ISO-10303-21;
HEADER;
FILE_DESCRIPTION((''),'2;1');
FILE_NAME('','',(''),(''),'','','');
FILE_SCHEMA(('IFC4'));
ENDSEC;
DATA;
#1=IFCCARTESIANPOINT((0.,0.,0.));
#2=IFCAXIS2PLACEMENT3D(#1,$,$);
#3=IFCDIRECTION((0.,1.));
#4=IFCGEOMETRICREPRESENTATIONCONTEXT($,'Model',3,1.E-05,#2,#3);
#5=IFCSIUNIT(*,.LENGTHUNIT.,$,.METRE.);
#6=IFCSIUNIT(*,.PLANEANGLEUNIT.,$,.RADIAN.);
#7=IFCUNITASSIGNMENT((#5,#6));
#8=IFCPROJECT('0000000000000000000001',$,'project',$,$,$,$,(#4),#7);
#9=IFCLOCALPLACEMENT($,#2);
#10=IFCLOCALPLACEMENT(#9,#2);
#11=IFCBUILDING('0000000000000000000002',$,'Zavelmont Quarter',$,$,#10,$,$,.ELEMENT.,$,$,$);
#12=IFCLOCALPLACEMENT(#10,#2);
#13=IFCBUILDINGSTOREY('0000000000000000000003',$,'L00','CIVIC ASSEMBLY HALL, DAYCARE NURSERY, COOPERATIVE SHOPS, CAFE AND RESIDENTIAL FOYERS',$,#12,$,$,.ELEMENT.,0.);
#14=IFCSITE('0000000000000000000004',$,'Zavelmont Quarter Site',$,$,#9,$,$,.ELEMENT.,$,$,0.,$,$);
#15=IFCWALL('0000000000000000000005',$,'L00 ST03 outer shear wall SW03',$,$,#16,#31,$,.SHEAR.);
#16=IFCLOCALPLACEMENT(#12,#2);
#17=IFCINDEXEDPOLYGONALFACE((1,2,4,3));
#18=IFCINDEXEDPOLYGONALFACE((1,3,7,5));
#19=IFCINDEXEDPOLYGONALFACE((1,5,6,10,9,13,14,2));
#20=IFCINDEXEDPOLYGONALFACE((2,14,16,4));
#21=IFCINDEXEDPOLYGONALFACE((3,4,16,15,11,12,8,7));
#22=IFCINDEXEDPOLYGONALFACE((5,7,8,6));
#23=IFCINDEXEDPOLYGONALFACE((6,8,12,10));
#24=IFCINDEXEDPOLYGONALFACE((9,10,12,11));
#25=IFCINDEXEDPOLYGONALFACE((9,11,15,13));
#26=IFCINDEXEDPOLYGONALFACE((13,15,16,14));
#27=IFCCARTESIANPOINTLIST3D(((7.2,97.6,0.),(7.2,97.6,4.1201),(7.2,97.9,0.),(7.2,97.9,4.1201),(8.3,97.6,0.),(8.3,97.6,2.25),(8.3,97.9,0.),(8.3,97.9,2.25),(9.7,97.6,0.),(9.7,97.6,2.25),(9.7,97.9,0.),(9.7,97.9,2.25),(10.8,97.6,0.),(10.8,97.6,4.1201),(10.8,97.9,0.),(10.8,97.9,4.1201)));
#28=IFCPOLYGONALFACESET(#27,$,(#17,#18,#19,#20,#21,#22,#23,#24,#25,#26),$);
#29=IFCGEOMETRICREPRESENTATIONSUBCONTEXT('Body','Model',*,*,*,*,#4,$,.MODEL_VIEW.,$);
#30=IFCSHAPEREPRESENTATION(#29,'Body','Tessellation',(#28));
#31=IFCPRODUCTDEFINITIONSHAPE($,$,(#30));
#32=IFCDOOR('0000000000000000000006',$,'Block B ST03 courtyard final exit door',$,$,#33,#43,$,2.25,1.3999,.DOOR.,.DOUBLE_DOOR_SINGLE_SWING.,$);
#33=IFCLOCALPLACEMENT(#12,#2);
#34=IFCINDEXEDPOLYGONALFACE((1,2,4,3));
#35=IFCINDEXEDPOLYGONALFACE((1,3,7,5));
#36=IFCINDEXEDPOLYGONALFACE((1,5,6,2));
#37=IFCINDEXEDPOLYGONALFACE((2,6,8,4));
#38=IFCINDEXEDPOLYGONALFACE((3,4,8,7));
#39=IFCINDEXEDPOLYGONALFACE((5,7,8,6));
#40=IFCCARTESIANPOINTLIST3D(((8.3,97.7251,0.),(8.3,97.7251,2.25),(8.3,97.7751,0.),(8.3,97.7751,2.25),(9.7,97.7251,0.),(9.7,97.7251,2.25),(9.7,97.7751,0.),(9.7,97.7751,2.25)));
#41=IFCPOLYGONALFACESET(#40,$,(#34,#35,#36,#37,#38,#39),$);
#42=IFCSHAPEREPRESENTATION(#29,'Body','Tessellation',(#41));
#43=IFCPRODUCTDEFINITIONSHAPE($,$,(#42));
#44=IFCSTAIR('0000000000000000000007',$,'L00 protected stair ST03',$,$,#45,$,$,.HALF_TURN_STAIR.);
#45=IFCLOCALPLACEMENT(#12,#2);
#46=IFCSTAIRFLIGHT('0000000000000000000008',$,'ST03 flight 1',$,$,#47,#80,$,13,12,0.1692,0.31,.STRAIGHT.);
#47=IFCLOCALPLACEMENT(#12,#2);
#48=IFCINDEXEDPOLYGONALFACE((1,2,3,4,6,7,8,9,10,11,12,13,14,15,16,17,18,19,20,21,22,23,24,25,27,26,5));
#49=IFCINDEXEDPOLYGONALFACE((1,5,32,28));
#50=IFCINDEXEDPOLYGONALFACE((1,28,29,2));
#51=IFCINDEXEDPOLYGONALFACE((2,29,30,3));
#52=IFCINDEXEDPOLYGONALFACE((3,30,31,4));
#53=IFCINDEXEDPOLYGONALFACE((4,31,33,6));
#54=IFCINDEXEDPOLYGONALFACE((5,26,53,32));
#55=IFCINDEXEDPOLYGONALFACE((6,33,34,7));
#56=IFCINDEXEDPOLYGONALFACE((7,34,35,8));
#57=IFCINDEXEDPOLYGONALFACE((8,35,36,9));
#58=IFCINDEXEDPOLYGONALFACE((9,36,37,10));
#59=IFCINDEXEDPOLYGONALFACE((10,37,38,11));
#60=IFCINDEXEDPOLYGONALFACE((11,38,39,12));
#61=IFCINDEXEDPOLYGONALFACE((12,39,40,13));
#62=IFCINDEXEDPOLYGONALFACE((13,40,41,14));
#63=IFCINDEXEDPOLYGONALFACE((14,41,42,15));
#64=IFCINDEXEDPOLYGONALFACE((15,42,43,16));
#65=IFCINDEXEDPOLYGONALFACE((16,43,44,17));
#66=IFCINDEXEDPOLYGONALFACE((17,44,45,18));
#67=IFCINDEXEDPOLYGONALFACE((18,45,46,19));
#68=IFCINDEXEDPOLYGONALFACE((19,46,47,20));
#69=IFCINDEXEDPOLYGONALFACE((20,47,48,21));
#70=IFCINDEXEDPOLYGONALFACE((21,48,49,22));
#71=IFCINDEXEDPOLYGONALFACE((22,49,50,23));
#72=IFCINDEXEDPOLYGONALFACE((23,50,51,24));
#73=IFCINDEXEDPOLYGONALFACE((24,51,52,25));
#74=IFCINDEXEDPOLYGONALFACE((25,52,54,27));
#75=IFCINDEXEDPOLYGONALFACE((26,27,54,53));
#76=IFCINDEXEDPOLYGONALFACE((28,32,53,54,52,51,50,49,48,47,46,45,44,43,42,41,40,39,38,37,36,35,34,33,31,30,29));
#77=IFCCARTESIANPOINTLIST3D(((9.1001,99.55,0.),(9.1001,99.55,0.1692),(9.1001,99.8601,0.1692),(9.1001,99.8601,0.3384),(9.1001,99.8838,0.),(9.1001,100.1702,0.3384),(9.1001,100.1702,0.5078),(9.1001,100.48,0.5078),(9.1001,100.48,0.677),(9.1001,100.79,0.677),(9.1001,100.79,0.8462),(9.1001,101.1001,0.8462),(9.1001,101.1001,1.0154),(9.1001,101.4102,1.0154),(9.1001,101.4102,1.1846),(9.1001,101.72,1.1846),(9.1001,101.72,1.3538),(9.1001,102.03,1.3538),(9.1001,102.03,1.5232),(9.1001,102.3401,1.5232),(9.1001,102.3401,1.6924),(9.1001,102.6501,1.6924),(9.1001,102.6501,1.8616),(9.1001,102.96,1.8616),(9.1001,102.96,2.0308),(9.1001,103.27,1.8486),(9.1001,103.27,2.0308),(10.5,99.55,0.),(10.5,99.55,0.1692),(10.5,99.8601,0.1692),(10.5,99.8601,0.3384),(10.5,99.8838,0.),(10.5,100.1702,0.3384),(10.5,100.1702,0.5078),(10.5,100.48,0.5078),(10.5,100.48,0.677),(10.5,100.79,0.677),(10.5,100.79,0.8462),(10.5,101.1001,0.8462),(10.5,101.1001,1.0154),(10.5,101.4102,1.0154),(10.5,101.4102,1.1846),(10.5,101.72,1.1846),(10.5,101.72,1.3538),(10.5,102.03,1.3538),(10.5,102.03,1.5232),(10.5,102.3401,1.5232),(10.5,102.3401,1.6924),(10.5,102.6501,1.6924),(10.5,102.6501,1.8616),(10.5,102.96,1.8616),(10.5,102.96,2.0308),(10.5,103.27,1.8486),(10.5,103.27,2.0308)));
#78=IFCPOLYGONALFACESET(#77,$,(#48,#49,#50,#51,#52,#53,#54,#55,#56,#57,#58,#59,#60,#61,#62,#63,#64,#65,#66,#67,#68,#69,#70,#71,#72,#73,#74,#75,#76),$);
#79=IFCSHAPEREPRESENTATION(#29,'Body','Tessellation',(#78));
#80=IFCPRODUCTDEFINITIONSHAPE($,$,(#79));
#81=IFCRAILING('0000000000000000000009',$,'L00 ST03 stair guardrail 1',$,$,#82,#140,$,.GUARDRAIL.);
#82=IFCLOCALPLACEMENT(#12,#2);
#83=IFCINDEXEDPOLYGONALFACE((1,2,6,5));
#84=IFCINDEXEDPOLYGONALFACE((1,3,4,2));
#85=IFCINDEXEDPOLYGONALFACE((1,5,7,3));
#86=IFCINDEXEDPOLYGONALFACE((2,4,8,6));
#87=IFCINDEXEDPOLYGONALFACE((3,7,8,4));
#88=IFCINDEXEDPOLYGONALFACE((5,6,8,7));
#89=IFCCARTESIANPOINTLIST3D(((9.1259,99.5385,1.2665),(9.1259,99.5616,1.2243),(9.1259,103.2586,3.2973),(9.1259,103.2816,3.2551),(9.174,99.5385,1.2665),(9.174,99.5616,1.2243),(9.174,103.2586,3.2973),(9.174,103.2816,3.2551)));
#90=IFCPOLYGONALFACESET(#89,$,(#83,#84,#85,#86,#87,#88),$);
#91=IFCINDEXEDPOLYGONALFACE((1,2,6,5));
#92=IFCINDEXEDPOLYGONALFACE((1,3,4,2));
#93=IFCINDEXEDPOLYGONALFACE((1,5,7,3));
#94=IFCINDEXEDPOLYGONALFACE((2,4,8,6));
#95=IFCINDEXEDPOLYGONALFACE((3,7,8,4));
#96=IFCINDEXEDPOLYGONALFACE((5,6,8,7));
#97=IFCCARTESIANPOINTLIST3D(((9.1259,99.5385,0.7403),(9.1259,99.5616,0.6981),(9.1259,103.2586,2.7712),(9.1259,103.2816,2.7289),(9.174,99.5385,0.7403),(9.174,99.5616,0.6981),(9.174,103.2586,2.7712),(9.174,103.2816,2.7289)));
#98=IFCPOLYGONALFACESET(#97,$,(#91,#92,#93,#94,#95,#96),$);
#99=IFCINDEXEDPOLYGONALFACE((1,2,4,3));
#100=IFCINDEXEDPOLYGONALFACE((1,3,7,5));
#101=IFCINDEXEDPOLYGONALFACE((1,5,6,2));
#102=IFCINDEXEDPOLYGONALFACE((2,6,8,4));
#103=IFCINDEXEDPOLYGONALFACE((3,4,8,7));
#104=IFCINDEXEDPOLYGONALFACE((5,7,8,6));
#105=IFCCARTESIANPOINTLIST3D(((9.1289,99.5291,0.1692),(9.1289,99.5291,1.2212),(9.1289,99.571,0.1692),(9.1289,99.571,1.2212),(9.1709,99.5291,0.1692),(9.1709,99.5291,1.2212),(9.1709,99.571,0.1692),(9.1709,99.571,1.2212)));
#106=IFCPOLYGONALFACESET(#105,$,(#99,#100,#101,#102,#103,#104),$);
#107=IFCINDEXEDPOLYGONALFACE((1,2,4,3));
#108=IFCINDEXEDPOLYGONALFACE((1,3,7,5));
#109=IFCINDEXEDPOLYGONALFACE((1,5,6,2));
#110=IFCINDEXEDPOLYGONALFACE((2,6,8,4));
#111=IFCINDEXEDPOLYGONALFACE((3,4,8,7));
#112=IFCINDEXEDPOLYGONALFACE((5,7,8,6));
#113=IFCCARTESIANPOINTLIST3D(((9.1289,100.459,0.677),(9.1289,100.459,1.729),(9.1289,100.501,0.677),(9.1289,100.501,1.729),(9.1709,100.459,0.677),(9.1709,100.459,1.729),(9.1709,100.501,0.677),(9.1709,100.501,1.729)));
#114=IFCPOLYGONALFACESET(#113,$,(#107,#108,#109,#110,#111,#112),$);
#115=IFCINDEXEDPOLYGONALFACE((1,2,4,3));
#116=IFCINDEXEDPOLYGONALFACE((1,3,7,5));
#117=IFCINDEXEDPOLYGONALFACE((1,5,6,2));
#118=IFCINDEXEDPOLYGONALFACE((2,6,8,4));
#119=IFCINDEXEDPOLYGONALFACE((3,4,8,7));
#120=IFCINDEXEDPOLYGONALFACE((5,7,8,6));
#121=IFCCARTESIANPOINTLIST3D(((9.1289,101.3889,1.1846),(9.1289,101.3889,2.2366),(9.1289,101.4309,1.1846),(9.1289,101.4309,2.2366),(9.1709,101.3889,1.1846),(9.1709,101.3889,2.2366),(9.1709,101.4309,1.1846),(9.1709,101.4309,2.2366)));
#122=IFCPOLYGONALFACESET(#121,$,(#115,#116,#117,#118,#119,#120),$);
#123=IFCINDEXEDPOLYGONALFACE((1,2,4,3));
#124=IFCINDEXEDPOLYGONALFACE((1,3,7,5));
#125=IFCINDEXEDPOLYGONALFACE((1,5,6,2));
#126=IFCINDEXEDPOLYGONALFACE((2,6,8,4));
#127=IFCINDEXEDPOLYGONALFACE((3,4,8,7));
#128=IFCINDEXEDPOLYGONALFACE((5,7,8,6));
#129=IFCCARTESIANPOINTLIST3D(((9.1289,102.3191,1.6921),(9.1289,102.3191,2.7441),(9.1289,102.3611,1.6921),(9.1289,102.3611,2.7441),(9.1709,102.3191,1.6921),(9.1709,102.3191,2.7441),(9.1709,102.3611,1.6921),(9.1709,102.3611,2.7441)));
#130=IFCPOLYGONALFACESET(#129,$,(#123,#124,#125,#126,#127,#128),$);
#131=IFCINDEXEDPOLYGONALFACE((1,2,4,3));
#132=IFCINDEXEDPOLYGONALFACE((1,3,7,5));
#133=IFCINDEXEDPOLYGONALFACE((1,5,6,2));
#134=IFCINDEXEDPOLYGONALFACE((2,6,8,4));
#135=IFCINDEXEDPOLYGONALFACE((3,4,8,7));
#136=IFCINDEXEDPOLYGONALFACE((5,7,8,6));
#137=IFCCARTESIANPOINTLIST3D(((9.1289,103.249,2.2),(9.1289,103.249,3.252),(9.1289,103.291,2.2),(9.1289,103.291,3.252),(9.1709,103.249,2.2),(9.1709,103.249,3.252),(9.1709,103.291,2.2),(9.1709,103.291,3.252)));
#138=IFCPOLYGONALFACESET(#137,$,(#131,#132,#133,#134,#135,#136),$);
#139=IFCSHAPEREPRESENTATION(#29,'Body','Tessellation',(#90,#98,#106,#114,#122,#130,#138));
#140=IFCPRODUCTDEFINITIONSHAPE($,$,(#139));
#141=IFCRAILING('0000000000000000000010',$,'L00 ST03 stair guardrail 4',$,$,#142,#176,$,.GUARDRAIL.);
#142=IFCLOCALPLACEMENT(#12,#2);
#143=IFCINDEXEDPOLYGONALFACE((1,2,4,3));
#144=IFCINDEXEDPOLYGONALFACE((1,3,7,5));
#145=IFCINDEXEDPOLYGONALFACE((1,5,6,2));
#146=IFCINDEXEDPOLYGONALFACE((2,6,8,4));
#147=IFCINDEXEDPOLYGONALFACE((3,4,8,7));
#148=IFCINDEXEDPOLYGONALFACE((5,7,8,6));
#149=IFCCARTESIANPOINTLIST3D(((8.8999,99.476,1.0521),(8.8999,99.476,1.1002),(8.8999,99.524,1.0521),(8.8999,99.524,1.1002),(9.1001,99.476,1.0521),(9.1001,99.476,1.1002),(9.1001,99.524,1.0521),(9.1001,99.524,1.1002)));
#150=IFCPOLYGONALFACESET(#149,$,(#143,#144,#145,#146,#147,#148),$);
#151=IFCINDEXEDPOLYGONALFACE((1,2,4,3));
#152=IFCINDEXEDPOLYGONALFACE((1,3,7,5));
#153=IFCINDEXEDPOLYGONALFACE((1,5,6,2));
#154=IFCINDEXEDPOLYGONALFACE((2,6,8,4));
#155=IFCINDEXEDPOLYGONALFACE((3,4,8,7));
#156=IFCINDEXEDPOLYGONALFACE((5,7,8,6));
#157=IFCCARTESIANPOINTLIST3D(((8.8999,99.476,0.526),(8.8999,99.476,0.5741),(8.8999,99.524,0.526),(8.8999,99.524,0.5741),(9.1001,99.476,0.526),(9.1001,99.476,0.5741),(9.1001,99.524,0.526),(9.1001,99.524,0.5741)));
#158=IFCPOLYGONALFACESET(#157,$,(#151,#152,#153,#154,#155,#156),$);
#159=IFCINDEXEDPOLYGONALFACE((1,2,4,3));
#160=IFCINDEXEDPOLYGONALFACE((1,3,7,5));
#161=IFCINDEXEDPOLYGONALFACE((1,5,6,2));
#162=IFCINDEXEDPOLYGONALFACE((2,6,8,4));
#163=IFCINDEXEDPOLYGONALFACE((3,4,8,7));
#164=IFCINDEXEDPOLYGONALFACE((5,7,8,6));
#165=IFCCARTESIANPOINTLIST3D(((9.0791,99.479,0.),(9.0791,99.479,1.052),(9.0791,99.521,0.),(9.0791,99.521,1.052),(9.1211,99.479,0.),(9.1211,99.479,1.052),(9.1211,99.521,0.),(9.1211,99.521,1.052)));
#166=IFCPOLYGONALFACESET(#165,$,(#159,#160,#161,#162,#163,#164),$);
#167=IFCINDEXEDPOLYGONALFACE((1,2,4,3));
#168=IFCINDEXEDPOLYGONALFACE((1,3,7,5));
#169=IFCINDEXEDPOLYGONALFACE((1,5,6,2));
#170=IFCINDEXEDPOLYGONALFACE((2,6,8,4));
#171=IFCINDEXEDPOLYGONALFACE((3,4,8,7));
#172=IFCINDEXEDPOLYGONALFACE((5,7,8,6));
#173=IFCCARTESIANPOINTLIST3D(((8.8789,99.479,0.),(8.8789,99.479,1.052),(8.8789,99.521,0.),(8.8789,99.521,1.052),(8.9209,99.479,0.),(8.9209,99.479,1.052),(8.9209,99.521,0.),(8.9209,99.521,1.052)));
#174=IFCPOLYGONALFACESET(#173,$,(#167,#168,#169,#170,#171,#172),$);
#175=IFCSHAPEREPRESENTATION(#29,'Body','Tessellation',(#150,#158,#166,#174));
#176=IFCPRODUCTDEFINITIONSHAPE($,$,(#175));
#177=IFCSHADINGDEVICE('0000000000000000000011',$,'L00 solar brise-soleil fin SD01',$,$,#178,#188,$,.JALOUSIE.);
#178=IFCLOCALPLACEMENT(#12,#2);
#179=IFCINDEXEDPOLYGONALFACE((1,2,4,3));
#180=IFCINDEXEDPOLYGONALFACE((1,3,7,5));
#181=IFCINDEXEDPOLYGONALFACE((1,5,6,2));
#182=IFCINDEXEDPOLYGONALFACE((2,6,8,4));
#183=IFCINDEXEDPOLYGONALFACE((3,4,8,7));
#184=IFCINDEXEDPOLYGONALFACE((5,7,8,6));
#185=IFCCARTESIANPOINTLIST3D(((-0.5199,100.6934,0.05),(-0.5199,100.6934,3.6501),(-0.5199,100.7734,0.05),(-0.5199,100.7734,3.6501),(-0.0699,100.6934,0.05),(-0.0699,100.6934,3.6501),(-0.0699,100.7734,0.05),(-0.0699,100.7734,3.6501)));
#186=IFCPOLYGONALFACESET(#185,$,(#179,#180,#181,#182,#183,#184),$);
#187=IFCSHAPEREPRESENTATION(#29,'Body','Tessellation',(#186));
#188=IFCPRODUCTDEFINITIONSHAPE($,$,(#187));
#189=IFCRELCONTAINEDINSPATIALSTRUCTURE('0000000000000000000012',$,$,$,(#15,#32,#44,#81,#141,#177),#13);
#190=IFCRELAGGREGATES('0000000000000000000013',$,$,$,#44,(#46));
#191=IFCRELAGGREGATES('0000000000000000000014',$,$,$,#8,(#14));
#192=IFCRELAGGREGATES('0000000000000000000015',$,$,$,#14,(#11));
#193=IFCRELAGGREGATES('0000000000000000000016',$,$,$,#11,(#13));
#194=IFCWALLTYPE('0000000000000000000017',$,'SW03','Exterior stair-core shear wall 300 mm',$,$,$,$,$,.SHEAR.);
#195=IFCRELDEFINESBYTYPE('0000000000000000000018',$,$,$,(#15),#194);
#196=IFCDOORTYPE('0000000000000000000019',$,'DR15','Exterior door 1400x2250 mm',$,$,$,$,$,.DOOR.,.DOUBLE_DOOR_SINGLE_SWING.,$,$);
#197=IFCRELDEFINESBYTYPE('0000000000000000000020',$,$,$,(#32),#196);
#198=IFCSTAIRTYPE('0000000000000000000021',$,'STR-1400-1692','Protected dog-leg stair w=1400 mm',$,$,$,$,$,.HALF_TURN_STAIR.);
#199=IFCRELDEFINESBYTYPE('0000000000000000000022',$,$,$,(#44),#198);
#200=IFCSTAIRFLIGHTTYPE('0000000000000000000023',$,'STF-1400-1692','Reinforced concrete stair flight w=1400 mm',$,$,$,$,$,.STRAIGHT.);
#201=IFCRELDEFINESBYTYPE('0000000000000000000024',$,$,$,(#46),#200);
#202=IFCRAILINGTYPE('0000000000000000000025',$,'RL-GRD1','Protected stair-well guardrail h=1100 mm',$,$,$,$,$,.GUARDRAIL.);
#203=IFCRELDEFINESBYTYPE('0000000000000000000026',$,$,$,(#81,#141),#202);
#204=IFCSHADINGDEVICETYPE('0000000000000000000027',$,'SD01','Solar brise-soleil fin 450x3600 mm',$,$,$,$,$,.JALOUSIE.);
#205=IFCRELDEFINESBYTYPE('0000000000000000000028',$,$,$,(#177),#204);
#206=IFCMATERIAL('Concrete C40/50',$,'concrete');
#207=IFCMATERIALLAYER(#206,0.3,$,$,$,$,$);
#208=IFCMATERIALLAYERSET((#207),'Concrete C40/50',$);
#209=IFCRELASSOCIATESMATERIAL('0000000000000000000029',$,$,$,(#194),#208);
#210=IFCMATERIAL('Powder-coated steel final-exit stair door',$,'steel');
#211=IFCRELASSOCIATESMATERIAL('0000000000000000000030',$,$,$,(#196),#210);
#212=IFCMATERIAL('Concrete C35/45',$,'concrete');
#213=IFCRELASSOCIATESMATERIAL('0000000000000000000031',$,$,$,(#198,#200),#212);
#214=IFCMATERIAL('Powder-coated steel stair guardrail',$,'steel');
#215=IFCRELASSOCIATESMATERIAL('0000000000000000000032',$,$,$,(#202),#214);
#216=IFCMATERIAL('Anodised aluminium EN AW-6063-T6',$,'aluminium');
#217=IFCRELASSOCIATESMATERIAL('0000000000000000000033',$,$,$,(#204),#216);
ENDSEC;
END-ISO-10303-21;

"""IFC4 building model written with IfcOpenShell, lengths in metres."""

from ifc_helpers import new_model, si_unit, direction, frame, frame_2d, origin, origin_2d, place, context, subcontext, project, spatial, polyline, rectangle, outline, extrude, material, layer, layer_set, type_object, element, fill, aggregate, save


model = new_model("IFC4")

# Units and contexts
model_context = context("Model", 3, precision=1e-05, world=origin(), true_north=direction((0.0, 1.0)))
body_context = subcontext(model_context, "Body", "Model", "MODEL_VIEW")
ifc_project = project(units=[si_unit("LENGTHUNIT", "METRE"), si_unit("PLANEANGLEUNIT", "RADIAN")], contexts=[model_context])

# Site, building, storey
site_placement = place(None, origin())
site = spatial("IfcSite", under=ifc_project, at=site_placement, Name="Zavelmont Quarter Site", CompositionType="ELEMENT", RefElevation=0.0)
building_placement = place(site_placement, origin())
building = spatial("IfcBuilding", under=site, at=building_placement, Name="Zavelmont Quarter", CompositionType="ELEMENT")
storey_placement = place(building_placement, origin())
storey = spatial("IfcBuildingStorey", under=building, at=storey_placement, Name="L00", Description="CIVIC ASSEMBLY HALL, DAYCARE NURSERY, COOPERATIVE SHOPS, CAFE AND RESIDENTIAL FOYERS", CompositionType="ELEMENT", Elevation=0.0)

# Shared definitions
ifc_material_1 = material(Name="Concrete C40/50", Category="concrete")

# Shared definitions
ifc_material_2 = material(Name="Concrete C35/45", Category="concrete")

# Wall, opening, door
ifc_layer_1 = layer(ifc_material_1, 0.3)
ifc_layer_set_1 = layer_set([ifc_layer_1], Name="Concrete C40/50")
wall_type_1 = type_object("IfcWallType", Name="SW03", Description="Exterior stair-core shear wall 300 mm", PredefinedType="SHEAR", material=ifc_layer_set_1)
wall_1_placement = place(storey_placement, frame((7.2, 97.75, 0.0), z_axis=(0.0, 0.0, 1.0), x_axis=(1.0, 0.0, 0.0)))
wall_1 = element("IfcWall", 1, at=wall_1_placement, inside=storey, type_object=wall_type_1, Name="L00 ST03 outer shear wall SW03", PredefinedType="SHEAR", context=body_context, shape_type="SweptSolid", body=[
    extrude(rectangle(XDim=3.6001, YDim=0.3, at=frame_2d((1.8, 0.0))), origin(), (0.0, 0.0, 1.0), 4.1201),
])
opening_placement = place(wall_1_placement, frame((1.1001, 0.0, 0.0)))
opening = element("IfcOpeningElement", 2, at=opening_placement, cuts=wall_1, PredefinedType="OPENING", context=body_context, shape_type="SweptSolid", body=[
    extrude(rectangle(XDim=1.3999, YDim=2.25, at=frame_2d((0.7, 1.125))), frame((0.0, 0.1621, 0.0), z_axis=(0.0, -1.0, 0.0), x_axis=(1.0, 0.0, 0.0)), (0.0, 0.0, 1.0), 0.324),
])
ifc_material_3 = material(Name="Powder-coated steel final-exit stair door", Category="steel")
door_type = type_object("IfcDoorType", Name="DR15", Description="Exterior door 1400x2250 mm", OperationType="DOUBLE_DOOR_SINGLE_SWING", PredefinedType="DOOR", material=ifc_material_3)
door_placement = place(opening_placement, frame((1.3999, 0.0, 0.0), z_axis=(0.0, 0.0, 1.0), x_axis=(-1.0, 0.0, 0.0)))
door = element("IfcDoor", 3, at=door_placement, inside=storey, type_object=door_type, Name="Block B ST03 courtyard final exit door", OperationType="DOUBLE_DOOR_SINGLE_SWING", OverallHeight=2.25, OverallWidth=1.3999, PredefinedType="DOOR", context=body_context, shape_type="SweptSolid", body=[
    extrude(rectangle(XDim=1.3999, YDim=2.25, at=frame_2d((0.7, 1.125))), frame((0.0, 0.0249, 0.0), z_axis=(0.0, -1.0, 0.0), x_axis=(1.0, 0.0, 0.0)), (0.0, 0.0, 1.0), 0.05),
])
fill(opening, door)

# Stair, stair flight
stair_type = type_object("IfcStairType", Name="STR-1400-1692", Description="Protected dog-leg stair w=1400 mm", PredefinedType="HALF_TURN_STAIR", material=ifc_material_2)
stair_placement = place(storey_placement, origin())
stair = element("IfcStair", 4, at=stair_placement, inside=storey, type_object=stair_type, Name="L00 protected stair ST03", PredefinedType="HALF_TURN_STAIR")
stair_flight_type = type_object("IfcStairFlightType", Name="STF-1400-1692", Description="Reinforced concrete stair flight w=1400 mm", PredefinedType="STRAIGHT", material=ifc_material_2)
stair_flight_placement = place(storey_placement, frame((9.8, 99.55, 0.0), z_axis=(0.0, 0.0, 1.0), x_axis=(0.0, 1.0, 0.0)))
stair_flight = element("IfcStairFlight", 5, at=stair_flight_placement, type_object=stair_flight_type, Name="ST03 flight 1", NumberOfRisers=13, NumberOfTreads=12, PredefinedType="STRAIGHT", RiserHeight=0.1692, TreadLength=0.31, context=body_context, shape_type="SweptSolid", body=[
    extrude(outline(polyline([(0.0, 0.0), (0.0, 0.1692), (0.3101, 0.1692), (0.3101, 0.3384), (0.6201, 0.3384), (0.6201, 0.5078), (0.9299, 0.5078), (0.9299, 0.677), (1.24, 0.677), (1.24, 0.8462), (1.55, 0.8462), (1.55, 1.0154), (1.8601, 1.0154), (1.8601, 1.1846), (2.1699, 1.1846), (2.1699, 1.3538), (2.48, 1.3538), (2.48, 1.5232), (2.79, 1.5232), (2.79, 1.6924), (3.1001, 1.6924), (3.1001, 1.8616), (3.4099, 1.8616), (3.4099, 2.0308), (3.72, 2.0308), (3.72, 2.2), (3.72, 1.8486), (0.3337, 0.0), (0.0, 0.0)])), frame((0.0, 0.7, 0.0), z_axis=(0.0, -1.0, 0.0), x_axis=(1.0, 0.0, 0.0)), (0.0, 0.0, 1.0), 1.3999),
])
aggregate(stair, [stair_flight])

# Railings
ifc_material_4 = material(Name="Powder-coated steel stair guardrail", Category="steel")
railing_type = type_object("IfcRailingType", Name="RL-GRD1", Description="Protected stair-well guardrail h=1100 mm", PredefinedType="GUARDRAIL", material=ifc_material_4)
railing_1_placement = place(storey_placement, frame((9.1499, 99.55, 0.1692)))
element("IfcRailing", 6, at=railing_1_placement, inside=storey, type_object=railing_type, Name="L00 ST03 stair guardrail 1", PredefinedType="GUARDRAIL", context=body_context, shape_type="SweptSolid", body=[
    extrude(rectangle(XDim=0.0481, YDim=0.0481, at=origin_2d()), frame((0.0, 0.0, 1.0762), z_axis=(0.0, 0.877728, 0.479159), x_axis=(-1.0, 0.0, 0.0)), (0.0, 0.0, 1.0), 4.2383),
    extrude(rectangle(XDim=0.0481, YDim=0.0481, at=origin_2d()), frame((0.0, 0.0, 0.55), z_axis=(0.0, 0.877728, 0.479159), x_axis=(-1.0, 0.0, 0.0)), (0.0, 0.0, 1.0), 4.2383),
    extrude(rectangle(XDim=0.042, YDim=0.042, at=origin_2d()), origin(), (0.0, 0.0, 1.0), 1.052),
    extrude(rectangle(XDim=0.042, YDim=0.042, at=origin_2d()), frame((0.0, 0.9299, 0.5078)), (0.0, 0.0, 1.0), 1.052),
    extrude(rectangle(XDim=0.042, YDim=0.042, at=origin_2d()), frame((0.0, 1.8599, 1.0154)), (0.0, 0.0, 1.0), 1.052),
    extrude(rectangle(XDim=0.042, YDim=0.042, at=origin_2d()), frame((0.0, 2.79, 1.5229)), (0.0, 0.0, 1.0), 1.052),
    extrude(rectangle(XDim=0.042, YDim=0.042, at=origin_2d()), frame((0.0, 3.72, 2.0308)), (0.0, 0.0, 1.0), 1.052),
])
railing_2_placement = place(storey_placement, frame((9.1001, 99.5, 0.0)))
element("IfcRailing", 7, at=railing_2_placement, inside=storey, type_object=railing_type, Name="L00 ST03 stair guardrail 4", PredefinedType="GUARDRAIL", context=body_context, shape_type="SweptSolid", body=[
    extrude(rectangle(XDim=0.0481, YDim=0.0481, at=origin_2d()), frame((0.0, 0.0, 1.0762), z_axis=(-1.0, 0.0, 0.0), x_axis=(0.0, -1.0, 0.0)), (0.0, 0.0, 1.0), 0.2002),
    extrude(rectangle(XDim=0.0481, YDim=0.0481, at=origin_2d()), frame((0.0, 0.0, 0.55), z_axis=(-1.0, 0.0, 0.0), x_axis=(0.0, -1.0, 0.0)), (0.0, 0.0, 1.0), 0.2002),
    extrude(rectangle(XDim=0.042, YDim=0.042, at=origin_2d()), origin(), (0.0, 0.0, 1.0), 1.052),
    extrude(rectangle(XDim=0.042, YDim=0.042, at=origin_2d()), frame((-0.2002, 0.0, 0.0)), (0.0, 0.0, 1.0), 1.052),
])

# Shading device
ifc_material_5 = material(Name="Anodised aluminium EN AW-6063-T6", Category="aluminium")
shading_device_type = type_object("IfcShadingDeviceType", Name="SD01", Description="Solar brise-soleil fin 450x3600 mm", PredefinedType="JALOUSIE", material=ifc_material_5)
shading_device_placement = place(storey_placement, frame((-0.2949, 100.7334, 0.05), z_axis=(0.0, 0.0, 1.0), x_axis=(0.0, 1.0, 0.0)))
element("IfcShadingDevice", 8, at=shading_device_placement, inside=storey, type_object=shading_device_type, Name="L00 solar brise-soleil fin SD01", PredefinedType="JALOUSIE", context=body_context, shape_type="SweptSolid", body=[
    extrude(rectangle(XDim=0.0801, YDim=0.45, at=origin_2d()), origin(), (0.0, 0.0, 1.0), 3.6001),
])

save(model, "model.ifc")
